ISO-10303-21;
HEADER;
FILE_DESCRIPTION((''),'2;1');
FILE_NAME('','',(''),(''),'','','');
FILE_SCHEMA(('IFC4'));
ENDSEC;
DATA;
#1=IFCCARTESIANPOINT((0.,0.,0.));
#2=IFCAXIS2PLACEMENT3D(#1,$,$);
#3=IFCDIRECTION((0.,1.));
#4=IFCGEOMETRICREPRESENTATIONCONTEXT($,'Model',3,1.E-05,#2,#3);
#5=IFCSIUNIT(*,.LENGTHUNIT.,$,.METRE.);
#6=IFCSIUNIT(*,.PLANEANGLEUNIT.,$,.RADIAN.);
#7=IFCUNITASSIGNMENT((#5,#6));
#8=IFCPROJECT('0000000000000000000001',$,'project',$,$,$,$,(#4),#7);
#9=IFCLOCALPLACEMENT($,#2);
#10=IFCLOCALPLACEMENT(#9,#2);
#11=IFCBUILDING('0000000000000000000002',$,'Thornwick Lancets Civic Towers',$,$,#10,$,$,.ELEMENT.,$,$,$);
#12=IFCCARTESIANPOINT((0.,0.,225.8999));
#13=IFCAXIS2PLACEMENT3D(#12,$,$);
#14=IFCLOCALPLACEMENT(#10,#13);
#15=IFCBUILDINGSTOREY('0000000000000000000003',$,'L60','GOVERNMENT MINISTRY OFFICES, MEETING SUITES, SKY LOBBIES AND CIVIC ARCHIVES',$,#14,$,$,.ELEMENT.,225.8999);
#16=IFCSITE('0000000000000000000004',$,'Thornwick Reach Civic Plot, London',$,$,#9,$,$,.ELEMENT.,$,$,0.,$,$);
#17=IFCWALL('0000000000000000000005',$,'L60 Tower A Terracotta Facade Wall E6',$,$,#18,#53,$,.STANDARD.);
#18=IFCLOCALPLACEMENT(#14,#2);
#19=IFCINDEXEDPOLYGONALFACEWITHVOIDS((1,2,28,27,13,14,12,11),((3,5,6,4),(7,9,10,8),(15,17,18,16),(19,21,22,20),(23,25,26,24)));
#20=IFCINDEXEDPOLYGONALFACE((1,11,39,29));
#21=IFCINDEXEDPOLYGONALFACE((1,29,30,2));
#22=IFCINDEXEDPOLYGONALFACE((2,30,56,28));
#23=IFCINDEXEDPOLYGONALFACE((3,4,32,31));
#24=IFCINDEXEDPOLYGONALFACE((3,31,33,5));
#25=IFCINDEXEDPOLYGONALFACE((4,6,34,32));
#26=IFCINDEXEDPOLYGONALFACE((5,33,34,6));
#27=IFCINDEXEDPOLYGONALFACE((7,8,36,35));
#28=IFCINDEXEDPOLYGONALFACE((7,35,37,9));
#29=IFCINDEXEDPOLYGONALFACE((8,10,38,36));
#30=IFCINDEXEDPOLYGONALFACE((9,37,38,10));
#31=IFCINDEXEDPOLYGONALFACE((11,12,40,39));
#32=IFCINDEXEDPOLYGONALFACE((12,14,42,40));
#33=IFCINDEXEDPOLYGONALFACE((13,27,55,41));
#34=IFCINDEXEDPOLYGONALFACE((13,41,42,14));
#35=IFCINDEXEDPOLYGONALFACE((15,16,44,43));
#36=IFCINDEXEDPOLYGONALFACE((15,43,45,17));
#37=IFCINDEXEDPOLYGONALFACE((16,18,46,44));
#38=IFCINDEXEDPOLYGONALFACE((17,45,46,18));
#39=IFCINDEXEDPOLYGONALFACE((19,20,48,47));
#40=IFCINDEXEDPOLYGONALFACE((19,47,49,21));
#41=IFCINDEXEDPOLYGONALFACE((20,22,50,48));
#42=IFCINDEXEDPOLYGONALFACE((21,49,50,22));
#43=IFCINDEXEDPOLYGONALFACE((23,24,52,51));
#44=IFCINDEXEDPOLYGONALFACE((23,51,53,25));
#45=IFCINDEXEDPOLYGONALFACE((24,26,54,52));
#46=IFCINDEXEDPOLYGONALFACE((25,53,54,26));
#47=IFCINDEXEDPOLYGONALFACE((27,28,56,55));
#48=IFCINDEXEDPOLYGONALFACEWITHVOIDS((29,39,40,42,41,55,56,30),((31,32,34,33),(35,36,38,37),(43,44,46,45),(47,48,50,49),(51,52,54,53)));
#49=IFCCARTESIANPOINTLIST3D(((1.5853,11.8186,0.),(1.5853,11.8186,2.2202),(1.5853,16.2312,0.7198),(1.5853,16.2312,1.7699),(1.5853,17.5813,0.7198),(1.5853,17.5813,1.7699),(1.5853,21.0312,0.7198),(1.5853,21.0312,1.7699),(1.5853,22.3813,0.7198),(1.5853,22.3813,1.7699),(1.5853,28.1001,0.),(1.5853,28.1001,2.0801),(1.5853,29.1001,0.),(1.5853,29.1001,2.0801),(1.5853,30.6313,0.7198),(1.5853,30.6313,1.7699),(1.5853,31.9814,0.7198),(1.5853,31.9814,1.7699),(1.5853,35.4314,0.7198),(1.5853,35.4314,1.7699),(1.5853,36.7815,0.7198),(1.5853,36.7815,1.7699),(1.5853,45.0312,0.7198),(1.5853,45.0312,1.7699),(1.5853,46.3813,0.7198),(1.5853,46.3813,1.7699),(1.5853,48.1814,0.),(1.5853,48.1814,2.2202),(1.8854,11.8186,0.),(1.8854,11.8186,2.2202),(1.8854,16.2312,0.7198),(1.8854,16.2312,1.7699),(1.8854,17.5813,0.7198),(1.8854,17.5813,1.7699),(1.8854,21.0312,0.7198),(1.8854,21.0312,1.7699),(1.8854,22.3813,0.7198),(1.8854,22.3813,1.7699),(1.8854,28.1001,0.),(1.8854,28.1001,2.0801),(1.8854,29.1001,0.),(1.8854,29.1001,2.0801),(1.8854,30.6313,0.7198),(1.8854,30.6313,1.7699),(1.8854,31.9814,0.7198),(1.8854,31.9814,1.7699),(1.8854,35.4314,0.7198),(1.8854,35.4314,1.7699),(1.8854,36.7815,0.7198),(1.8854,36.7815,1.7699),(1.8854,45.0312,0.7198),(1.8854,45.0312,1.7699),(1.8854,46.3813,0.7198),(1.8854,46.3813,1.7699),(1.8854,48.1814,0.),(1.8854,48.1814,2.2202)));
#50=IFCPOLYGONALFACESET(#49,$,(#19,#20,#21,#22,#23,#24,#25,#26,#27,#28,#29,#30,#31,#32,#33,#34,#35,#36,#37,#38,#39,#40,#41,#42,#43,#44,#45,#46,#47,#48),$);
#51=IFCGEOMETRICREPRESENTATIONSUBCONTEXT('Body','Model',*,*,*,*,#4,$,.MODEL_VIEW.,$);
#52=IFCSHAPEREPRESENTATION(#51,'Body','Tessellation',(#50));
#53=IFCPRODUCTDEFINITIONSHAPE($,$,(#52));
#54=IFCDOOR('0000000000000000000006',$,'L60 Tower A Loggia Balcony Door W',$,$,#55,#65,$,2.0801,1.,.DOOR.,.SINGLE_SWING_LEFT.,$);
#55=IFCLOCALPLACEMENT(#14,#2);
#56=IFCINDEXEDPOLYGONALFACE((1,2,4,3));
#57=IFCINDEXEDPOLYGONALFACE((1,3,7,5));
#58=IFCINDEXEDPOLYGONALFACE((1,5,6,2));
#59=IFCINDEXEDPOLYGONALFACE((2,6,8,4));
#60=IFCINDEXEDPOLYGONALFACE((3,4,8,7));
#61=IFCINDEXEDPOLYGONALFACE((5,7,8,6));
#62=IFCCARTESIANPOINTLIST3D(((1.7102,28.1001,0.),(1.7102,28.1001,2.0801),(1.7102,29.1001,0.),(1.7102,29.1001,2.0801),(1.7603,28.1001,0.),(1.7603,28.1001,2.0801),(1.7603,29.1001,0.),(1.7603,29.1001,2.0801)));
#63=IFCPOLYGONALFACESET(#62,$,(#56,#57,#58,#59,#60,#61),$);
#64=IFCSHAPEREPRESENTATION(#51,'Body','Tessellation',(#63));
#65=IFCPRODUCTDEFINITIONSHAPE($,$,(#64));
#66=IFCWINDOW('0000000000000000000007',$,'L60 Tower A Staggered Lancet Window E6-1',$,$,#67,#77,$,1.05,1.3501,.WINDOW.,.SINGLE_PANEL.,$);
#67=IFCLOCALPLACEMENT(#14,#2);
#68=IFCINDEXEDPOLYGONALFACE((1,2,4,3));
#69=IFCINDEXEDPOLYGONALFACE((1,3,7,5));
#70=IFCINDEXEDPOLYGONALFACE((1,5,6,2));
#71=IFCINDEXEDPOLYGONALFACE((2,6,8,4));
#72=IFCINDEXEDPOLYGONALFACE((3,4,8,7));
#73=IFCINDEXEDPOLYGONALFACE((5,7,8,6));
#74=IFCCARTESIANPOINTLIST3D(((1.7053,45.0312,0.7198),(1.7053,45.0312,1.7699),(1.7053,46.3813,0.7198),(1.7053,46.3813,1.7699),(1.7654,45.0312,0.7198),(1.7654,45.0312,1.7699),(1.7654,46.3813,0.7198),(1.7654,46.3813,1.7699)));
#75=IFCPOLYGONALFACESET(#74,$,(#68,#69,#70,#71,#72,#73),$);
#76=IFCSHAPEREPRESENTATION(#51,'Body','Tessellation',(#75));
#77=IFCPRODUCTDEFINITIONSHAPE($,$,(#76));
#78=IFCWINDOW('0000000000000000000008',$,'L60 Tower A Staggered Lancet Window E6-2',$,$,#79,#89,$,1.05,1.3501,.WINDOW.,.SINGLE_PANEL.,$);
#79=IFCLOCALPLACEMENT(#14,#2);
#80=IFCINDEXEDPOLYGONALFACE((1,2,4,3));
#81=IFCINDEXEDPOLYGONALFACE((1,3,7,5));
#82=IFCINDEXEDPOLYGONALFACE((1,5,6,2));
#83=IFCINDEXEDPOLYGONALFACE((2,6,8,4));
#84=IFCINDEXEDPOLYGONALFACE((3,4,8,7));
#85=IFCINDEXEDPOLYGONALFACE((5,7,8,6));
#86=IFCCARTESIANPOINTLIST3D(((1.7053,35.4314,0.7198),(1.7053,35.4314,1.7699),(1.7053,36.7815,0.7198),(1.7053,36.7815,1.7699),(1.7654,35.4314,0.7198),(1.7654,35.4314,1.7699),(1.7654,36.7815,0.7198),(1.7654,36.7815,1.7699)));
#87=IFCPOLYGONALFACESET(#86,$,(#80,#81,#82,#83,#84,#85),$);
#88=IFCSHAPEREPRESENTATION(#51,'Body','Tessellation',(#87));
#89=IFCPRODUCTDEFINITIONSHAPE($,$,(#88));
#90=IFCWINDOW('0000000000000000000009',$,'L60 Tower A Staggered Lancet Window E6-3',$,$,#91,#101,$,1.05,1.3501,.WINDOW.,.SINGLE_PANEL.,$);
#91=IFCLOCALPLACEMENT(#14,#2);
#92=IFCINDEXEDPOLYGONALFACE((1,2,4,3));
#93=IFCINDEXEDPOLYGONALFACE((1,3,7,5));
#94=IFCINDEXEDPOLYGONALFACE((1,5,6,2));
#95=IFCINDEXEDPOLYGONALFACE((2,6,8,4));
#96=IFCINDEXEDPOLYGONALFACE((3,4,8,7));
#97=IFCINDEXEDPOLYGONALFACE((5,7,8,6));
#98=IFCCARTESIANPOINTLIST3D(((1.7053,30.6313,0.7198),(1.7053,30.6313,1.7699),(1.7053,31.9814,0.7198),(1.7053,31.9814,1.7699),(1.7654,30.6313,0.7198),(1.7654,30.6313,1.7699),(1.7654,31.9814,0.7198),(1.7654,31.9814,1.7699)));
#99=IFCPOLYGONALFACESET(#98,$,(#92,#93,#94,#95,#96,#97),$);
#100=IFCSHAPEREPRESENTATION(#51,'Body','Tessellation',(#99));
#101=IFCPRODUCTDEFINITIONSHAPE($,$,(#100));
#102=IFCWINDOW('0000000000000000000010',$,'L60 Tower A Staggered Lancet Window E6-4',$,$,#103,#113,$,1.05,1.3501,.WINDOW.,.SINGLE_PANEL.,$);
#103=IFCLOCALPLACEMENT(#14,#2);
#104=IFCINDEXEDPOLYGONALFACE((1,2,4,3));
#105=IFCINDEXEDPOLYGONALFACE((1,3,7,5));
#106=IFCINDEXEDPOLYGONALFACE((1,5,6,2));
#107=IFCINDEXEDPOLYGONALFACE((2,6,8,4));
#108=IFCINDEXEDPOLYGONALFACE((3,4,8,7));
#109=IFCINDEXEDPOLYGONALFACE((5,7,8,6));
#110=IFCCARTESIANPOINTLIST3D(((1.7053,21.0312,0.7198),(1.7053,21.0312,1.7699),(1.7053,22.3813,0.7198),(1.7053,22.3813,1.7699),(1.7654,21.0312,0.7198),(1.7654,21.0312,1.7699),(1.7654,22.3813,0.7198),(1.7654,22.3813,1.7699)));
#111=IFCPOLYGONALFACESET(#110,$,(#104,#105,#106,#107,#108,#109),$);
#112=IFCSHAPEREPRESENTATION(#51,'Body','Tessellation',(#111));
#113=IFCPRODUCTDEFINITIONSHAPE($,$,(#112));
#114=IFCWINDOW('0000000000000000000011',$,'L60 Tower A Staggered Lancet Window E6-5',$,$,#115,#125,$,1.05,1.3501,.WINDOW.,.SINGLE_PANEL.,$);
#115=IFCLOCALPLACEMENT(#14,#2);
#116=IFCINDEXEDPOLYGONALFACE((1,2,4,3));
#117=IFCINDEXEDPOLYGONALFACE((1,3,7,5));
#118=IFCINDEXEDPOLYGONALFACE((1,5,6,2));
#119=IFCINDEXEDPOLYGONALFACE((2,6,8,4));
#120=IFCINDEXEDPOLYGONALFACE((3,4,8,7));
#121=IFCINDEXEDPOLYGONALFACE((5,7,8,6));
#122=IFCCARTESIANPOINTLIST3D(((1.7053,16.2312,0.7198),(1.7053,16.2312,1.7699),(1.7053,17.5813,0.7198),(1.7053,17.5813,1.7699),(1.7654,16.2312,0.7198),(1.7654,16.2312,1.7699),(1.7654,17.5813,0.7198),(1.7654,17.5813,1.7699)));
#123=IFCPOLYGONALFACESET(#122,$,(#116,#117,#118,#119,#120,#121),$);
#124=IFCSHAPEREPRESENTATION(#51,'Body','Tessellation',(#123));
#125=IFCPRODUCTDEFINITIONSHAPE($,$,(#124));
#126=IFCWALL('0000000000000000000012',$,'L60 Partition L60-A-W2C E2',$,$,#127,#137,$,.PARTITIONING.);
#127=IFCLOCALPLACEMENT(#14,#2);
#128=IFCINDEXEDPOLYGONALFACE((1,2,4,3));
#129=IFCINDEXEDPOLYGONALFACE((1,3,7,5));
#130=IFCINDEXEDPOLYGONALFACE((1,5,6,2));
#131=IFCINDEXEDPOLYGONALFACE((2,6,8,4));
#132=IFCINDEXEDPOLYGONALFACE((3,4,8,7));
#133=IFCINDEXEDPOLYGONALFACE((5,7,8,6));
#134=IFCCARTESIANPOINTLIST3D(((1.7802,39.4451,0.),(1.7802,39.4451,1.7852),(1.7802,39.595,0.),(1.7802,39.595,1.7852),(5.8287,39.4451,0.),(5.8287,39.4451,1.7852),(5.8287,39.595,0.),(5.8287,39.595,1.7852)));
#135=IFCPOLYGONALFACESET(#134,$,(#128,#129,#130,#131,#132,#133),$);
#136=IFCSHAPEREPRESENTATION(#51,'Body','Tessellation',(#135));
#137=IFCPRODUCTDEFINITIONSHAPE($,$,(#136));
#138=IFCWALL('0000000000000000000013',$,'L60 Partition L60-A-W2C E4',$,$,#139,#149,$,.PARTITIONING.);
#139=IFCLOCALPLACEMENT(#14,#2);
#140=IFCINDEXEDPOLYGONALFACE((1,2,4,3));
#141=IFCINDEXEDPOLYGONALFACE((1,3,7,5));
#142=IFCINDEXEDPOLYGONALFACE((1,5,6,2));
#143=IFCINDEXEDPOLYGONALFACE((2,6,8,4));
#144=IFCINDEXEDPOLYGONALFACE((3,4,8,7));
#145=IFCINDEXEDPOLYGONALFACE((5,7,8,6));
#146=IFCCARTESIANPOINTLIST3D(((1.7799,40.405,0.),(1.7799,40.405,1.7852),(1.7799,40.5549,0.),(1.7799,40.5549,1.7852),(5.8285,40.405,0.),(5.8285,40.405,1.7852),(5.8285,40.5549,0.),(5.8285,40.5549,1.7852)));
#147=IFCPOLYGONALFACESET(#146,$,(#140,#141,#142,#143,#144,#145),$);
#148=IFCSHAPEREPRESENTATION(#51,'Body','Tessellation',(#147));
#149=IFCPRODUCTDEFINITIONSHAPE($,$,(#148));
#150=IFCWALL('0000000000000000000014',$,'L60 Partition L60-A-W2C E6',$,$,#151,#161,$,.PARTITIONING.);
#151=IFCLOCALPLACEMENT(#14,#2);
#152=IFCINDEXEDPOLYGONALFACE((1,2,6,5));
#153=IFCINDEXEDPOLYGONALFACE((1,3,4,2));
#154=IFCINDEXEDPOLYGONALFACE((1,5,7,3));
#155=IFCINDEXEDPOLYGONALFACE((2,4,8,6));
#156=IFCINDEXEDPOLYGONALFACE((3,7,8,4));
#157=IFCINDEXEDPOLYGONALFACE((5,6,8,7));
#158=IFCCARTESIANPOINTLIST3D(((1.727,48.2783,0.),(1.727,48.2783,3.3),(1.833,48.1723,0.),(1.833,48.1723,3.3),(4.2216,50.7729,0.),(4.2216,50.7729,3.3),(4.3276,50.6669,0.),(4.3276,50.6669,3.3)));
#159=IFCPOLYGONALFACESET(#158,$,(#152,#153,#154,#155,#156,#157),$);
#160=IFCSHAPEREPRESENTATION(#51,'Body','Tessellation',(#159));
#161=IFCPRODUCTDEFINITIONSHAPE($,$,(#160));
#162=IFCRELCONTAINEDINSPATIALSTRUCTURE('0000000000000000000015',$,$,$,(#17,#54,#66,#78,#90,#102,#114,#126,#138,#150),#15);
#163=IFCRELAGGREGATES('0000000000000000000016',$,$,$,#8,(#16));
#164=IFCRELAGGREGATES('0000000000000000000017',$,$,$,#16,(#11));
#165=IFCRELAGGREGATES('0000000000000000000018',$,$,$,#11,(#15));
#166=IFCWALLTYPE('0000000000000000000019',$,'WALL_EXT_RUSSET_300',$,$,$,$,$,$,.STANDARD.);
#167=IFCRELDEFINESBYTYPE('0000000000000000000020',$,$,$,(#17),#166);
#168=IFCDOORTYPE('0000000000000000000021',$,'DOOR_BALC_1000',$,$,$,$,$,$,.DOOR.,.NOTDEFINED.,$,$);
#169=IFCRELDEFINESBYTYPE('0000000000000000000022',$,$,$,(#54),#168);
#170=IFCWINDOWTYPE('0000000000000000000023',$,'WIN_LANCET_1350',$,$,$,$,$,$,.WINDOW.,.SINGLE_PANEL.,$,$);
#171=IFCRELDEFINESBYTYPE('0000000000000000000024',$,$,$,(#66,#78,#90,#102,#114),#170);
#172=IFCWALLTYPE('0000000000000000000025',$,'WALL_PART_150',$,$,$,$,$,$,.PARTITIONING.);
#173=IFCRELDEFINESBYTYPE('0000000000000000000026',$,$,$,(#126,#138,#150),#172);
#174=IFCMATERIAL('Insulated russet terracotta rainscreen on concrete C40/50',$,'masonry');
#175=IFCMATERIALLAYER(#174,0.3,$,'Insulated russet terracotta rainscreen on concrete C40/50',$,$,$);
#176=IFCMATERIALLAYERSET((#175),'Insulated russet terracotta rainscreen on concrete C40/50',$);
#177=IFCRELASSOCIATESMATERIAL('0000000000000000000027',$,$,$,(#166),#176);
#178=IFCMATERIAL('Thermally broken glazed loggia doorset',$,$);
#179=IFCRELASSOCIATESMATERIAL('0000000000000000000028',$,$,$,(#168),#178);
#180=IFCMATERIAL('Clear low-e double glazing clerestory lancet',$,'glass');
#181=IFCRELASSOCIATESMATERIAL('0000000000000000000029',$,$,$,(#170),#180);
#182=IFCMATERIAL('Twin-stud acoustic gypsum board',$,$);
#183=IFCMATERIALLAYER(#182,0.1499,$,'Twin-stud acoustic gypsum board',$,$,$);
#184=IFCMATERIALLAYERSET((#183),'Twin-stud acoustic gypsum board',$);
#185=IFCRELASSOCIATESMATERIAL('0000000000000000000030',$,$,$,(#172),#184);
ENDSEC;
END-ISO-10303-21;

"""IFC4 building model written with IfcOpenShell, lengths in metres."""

from ifc_helpers import new_model, si_unit, direction, frame, frame_2d, origin, place, context, subcontext, project, spatial, rectangle, extrude, material, layer, layer_set, type_object, element, fill, save


model = new_model("IFC4")

# Units and contexts
model_context = context("Model", 3, precision=1e-05, world=origin(), true_north=direction((0.0, 1.0)))
body_context = subcontext(model_context, "Body", "Model", "MODEL_VIEW")
ifc_project = project(units=[si_unit("LENGTHUNIT", "METRE"), si_unit("PLANEANGLEUNIT", "RADIAN")], contexts=[model_context])

# Site, building, storey
site_placement = place(None, origin())
site = spatial("IfcSite", under=ifc_project, at=site_placement, Name="Thornwick Reach Civic Plot, London", CompositionType="ELEMENT", RefElevation=0.0)
building_placement = place(site_placement, origin())
building = spatial("IfcBuilding", under=site, at=building_placement, Name="Thornwick Lancets Civic Towers", CompositionType="ELEMENT")
storey_placement = place(building_placement, frame((0.0, 0.0, 225.8999)))
storey = spatial("IfcBuildingStorey", under=building, at=storey_placement, Name="L60", Description="GOVERNMENT MINISTRY OFFICES, MEETING SUITES, SKY LOBBIES AND CIVIC ARCHIVES", CompositionType="ELEMENT", Elevation=225.8999)

# Wall, openings, door, windows
ifc_material_1 = material(Name="Insulated russet terracotta rainscreen on concrete C40/50", Category="masonry")
ifc_layer_1 = layer(ifc_material_1, 0.3, Name="Insulated russet terracotta rainscreen on concrete C40/50")
ifc_layer_set_1 = layer_set([ifc_layer_1], Name="Insulated russet terracotta rainscreen on concrete C40/50")
wall_type_1 = type_object("IfcWallType", Name="WALL_EXT_RUSSET_300", PredefinedType="STANDARD", material=ifc_layer_set_1)
wall_1_placement = place(storey_placement, frame((1.7354, 48.1814, 0.0), z_axis=(0.0, 0.0, 1.0), x_axis=(0.0, -1.0, 0.0)))
wall_1 = element("IfcWall", 1, at=wall_1_placement, inside=storey, type_object=wall_type_1, Name="L60 Tower A Terracotta Facade Wall E6", PredefinedType="STANDARD", context=body_context, shape_type="SweptSolid", body=[
    extrude(rectangle(XDim=36.3628, YDim=0.3, at=frame_2d((18.1814, 0.0))), origin(), (0.0, 0.0, 1.0), 2.2202),
])
opening_1_placement = place(wall_1_placement, frame((19.0813, 0.0, 0.0)))
opening_1 = element("IfcOpeningElement", 2, at=opening_1_placement, cuts=wall_1, PredefinedType="OPENING", context=body_context, shape_type="SweptSolid", body=[
    extrude(rectangle(XDim=1.0, YDim=2.0801, at=frame_2d((0.5, 1.04))), frame((0.0, 0.1602, 0.0), z_axis=(0.0, -1.0, 0.0), x_axis=(1.0, 0.0, 0.0)), (0.0, 0.0, 1.0), 0.3201),
])
opening_2_placement = place(wall_1_placement, frame((1.8, 0.0, 0.72)))
opening_2 = element("IfcOpeningElement", 3, at=opening_2_placement, cuts=wall_1, PredefinedType="OPENING", context=body_context, shape_type="SweptSolid", body=[
    extrude(rectangle(XDim=1.3501, YDim=1.05, at=frame_2d((0.675, 0.5249))), frame((0.0, 0.1602, 0.0), z_axis=(0.0, -1.0, 0.0), x_axis=(1.0, 0.0, 0.0)), (0.0, 0.0, 1.0), 0.3201),
])
opening_3_placement = place(wall_1_placement, frame((11.3999, 0.0, 0.72)))
opening_3 = element("IfcOpeningElement", 4, at=opening_3_placement, cuts=wall_1, PredefinedType="OPENING", context=body_context, shape_type="SweptSolid", body=[
    extrude(rectangle(XDim=1.3501, YDim=1.05, at=frame_2d((0.675, 0.5249))), frame((0.0, 0.1602, 0.0), z_axis=(0.0, -1.0, 0.0), x_axis=(1.0, 0.0, 0.0)), (0.0, 0.0, 1.0), 0.3201),
])
opening_4_placement = place(wall_1_placement, frame((16.2, 0.0, 0.72)))
opening_4 = element("IfcOpeningElement", 5, at=opening_4_placement, cuts=wall_1, PredefinedType="OPENING", context=body_context, shape_type="SweptSolid", body=[
    extrude(rectangle(XDim=1.3501, YDim=1.05, at=frame_2d((0.675, 0.5249))), frame((0.0, 0.1602, 0.0), z_axis=(0.0, -1.0, 0.0), x_axis=(1.0, 0.0, 0.0)), (0.0, 0.0, 1.0), 0.3201),
])
opening_5_placement = place(wall_1_placement, frame((25.8, 0.0, 0.72)))
opening_5 = element("IfcOpeningElement", 6, at=opening_5_placement, cuts=wall_1, PredefinedType="OPENING", context=body_context, shape_type="SweptSolid", body=[
    extrude(rectangle(XDim=1.3501, YDim=1.05, at=frame_2d((0.675, 0.5249))), frame((0.0, 0.1602, 0.0), z_axis=(0.0, -1.0, 0.0), x_axis=(1.0, 0.0, 0.0)), (0.0, 0.0, 1.0), 0.3201),
])
opening_6_placement = place(wall_1_placement, frame((30.6001, 0.0, 0.72)))
opening_6 = element("IfcOpeningElement", 7, at=opening_6_placement, cuts=wall_1, PredefinedType="OPENING", context=body_context, shape_type="SweptSolid", body=[
    extrude(rectangle(XDim=1.3501, YDim=1.05, at=frame_2d((0.675, 0.5249))), frame((0.0, 0.1602, 0.0), z_axis=(0.0, -1.0, 0.0), x_axis=(1.0, 0.0, 0.0)), (0.0, 0.0, 1.0), 0.3201),
])
ifc_material_2 = material(Name="Thermally broken glazed loggia doorset")
door_type = type_object("IfcDoorType", Name="DOOR_BALC_1000", OperationType="NOTDEFINED", PredefinedType="DOOR", material=ifc_material_2)
door_placement = place(opening_1_placement, origin())
door = element("IfcDoor", 8, at=door_placement, inside=storey, type_object=door_type, Name="L60 Tower A Loggia Balcony Door W", OperationType="SINGLE_SWING_LEFT", OverallHeight=2.0801, OverallWidth=1.0, PredefinedType="DOOR", context=body_context, shape_type="SweptSolid", body=[
    extrude(rectangle(XDim=1.0, YDim=2.0801, at=frame_2d((0.5, 1.04))), frame((0.0, 0.0249, 0.0), z_axis=(0.0, -1.0, 0.0), x_axis=(1.0, 0.0, 0.0)), (0.0, 0.0, 1.0), 0.05),
])
fill(opening_1, door)
ifc_material_3 = material(Name="Clear low-e double glazing clerestory lancet", Category="glass")
window_type = type_object("IfcWindowType", Name="WIN_LANCET_1350", PartitioningType="SINGLE_PANEL", PredefinedType="WINDOW", material=ifc_material_3)
window_1_placement = place(opening_2_placement, origin())
window_1 = element("IfcWindow", 9, at=window_1_placement, inside=storey, type_object=window_type, Name="L60 Tower A Staggered Lancet Window E6-1", OverallHeight=1.05, OverallWidth=1.3501, PartitioningType="SINGLE_PANEL", PredefinedType="WINDOW", context=body_context, shape_type="SweptSolid", body=[
    extrude(rectangle(XDim=1.3501, YDim=1.05, at=frame_2d((0.675, 0.5249))), frame((0.0, 0.03, 0.0), z_axis=(0.0, -1.0, 0.0), x_axis=(1.0, 0.0, 0.0)), (0.0, 0.0, 1.0), 0.0601),
])
fill(opening_2, window_1)
window_2_placement = place(opening_3_placement, origin())
window_2 = element("IfcWindow", 10, at=window_2_placement, inside=storey, type_object=window_type, Name="L60 Tower A Staggered Lancet Window E6-2", OverallHeight=1.05, OverallWidth=1.3501, PartitioningType="SINGLE_PANEL", PredefinedType="WINDOW", context=body_context, shape_type="SweptSolid", body=[
    extrude(rectangle(XDim=1.3501, YDim=1.05, at=frame_2d((0.675, 0.5249))), frame((0.0, 0.03, 0.0), z_axis=(0.0, -1.0, 0.0), x_axis=(1.0, 0.0, 0.0)), (0.0, 0.0, 1.0), 0.0601),
])
fill(opening_3, window_2)
window_3_placement = place(opening_4_placement, origin())
window_3 = element("IfcWindow", 11, at=window_3_placement, inside=storey, type_object=window_type, Name="L60 Tower A Staggered Lancet Window E6-3", OverallHeight=1.05, OverallWidth=1.3501, PartitioningType="SINGLE_PANEL", PredefinedType="WINDOW", context=body_context, shape_type="SweptSolid", body=[
    extrude(rectangle(XDim=1.3501, YDim=1.05, at=frame_2d((0.675, 0.5249))), frame((0.0, 0.03, 0.0), z_axis=(0.0, -1.0, 0.0), x_axis=(1.0, 0.0, 0.0)), (0.0, 0.0, 1.0), 0.0601),
])
fill(opening_4, window_3)
window_4_placement = place(opening_5_placement, origin())
window_4 = element("IfcWindow", 12, at=window_4_placement, inside=storey, type_object=window_type, Name="L60 Tower A Staggered Lancet Window E6-4", OverallHeight=1.05, OverallWidth=1.3501, PartitioningType="SINGLE_PANEL", PredefinedType="WINDOW", context=body_context, shape_type="SweptSolid", body=[
    extrude(rectangle(XDim=1.3501, YDim=1.05, at=frame_2d((0.675, 0.5249))), frame((0.0, 0.03, 0.0), z_axis=(0.0, -1.0, 0.0), x_axis=(1.0, 0.0, 0.0)), (0.0, 0.0, 1.0), 0.0601),
])
fill(opening_5, window_4)
window_5_placement = place(opening_6_placement, origin())
window_5 = element("IfcWindow", 13, at=window_5_placement, inside=storey, type_object=window_type, Name="L60 Tower A Staggered Lancet Window E6-5", OverallHeight=1.05, OverallWidth=1.3501, PartitioningType="SINGLE_PANEL", PredefinedType="WINDOW", context=body_context, shape_type="SweptSolid", body=[
    extrude(rectangle(XDim=1.3501, YDim=1.05, at=frame_2d((0.675, 0.5249))), frame((0.0, 0.03, 0.0), z_axis=(0.0, -1.0, 0.0), x_axis=(1.0, 0.0, 0.0)), (0.0, 0.0, 1.0), 0.0601),
])
fill(opening_6, window_5)

# Walls
ifc_material_4 = material(Name="Twin-stud acoustic gypsum board")
ifc_layer_2 = layer(ifc_material_4, 0.1499, Name="Twin-stud acoustic gypsum board")
ifc_layer_set_2 = layer_set([ifc_layer_2], Name="Twin-stud acoustic gypsum board")
wall_type_2 = type_object("IfcWallType", Name="WALL_PART_150", PredefinedType="PARTITIONING", material=ifc_layer_set_2)
for number, where, z_axis, x_axis, name in (
    (14, (1.78, 39.52, 0.0), (0.0, 0.0, 1.0), (1.0, 0.0, 0.0), "L60 Partition L60-A-W2C E2"),
    (15, (5.8286, 40.48, 0.0), (0.0, 0.0, 1.0), (-1.0, 0.0, 0.0), "L60 Partition L60-A-W2C E4"),
):
    element("IfcWall", number, at=place(storey_placement, frame(where, z_axis=z_axis, x_axis=x_axis)), inside=storey, type_object=wall_type_2, Name=name, PredefinedType="PARTITIONING", context=body_context, shape_type="SweptSolid", body=[
        extrude(rectangle(XDim=4.0486, YDim=0.1499, at=frame_2d((2.0244, 0.0))), origin(), (0.0, 0.0, 1.0), 1.7852),
    ])
wall_2_placement = place(storey_placement, frame((1.78, 48.2253, 0.0), z_axis=(0.0, 0.0, 1.0), x_axis=(0.707107, 0.707107, 0.0)))
element("IfcWall", 16, at=wall_2_placement, inside=storey, type_object=wall_type_2, Name="L60 Partition L60-A-W2C E6", PredefinedType="PARTITIONING", context=body_context, shape_type="SweptSolid", body=[
    extrude(rectangle(XDim=3.5278, YDim=0.1499, at=frame_2d((1.7639, 0.0))), origin(), (0.0, 0.0, 1.0), 3.3),
])

save(model, "model.ifc")
